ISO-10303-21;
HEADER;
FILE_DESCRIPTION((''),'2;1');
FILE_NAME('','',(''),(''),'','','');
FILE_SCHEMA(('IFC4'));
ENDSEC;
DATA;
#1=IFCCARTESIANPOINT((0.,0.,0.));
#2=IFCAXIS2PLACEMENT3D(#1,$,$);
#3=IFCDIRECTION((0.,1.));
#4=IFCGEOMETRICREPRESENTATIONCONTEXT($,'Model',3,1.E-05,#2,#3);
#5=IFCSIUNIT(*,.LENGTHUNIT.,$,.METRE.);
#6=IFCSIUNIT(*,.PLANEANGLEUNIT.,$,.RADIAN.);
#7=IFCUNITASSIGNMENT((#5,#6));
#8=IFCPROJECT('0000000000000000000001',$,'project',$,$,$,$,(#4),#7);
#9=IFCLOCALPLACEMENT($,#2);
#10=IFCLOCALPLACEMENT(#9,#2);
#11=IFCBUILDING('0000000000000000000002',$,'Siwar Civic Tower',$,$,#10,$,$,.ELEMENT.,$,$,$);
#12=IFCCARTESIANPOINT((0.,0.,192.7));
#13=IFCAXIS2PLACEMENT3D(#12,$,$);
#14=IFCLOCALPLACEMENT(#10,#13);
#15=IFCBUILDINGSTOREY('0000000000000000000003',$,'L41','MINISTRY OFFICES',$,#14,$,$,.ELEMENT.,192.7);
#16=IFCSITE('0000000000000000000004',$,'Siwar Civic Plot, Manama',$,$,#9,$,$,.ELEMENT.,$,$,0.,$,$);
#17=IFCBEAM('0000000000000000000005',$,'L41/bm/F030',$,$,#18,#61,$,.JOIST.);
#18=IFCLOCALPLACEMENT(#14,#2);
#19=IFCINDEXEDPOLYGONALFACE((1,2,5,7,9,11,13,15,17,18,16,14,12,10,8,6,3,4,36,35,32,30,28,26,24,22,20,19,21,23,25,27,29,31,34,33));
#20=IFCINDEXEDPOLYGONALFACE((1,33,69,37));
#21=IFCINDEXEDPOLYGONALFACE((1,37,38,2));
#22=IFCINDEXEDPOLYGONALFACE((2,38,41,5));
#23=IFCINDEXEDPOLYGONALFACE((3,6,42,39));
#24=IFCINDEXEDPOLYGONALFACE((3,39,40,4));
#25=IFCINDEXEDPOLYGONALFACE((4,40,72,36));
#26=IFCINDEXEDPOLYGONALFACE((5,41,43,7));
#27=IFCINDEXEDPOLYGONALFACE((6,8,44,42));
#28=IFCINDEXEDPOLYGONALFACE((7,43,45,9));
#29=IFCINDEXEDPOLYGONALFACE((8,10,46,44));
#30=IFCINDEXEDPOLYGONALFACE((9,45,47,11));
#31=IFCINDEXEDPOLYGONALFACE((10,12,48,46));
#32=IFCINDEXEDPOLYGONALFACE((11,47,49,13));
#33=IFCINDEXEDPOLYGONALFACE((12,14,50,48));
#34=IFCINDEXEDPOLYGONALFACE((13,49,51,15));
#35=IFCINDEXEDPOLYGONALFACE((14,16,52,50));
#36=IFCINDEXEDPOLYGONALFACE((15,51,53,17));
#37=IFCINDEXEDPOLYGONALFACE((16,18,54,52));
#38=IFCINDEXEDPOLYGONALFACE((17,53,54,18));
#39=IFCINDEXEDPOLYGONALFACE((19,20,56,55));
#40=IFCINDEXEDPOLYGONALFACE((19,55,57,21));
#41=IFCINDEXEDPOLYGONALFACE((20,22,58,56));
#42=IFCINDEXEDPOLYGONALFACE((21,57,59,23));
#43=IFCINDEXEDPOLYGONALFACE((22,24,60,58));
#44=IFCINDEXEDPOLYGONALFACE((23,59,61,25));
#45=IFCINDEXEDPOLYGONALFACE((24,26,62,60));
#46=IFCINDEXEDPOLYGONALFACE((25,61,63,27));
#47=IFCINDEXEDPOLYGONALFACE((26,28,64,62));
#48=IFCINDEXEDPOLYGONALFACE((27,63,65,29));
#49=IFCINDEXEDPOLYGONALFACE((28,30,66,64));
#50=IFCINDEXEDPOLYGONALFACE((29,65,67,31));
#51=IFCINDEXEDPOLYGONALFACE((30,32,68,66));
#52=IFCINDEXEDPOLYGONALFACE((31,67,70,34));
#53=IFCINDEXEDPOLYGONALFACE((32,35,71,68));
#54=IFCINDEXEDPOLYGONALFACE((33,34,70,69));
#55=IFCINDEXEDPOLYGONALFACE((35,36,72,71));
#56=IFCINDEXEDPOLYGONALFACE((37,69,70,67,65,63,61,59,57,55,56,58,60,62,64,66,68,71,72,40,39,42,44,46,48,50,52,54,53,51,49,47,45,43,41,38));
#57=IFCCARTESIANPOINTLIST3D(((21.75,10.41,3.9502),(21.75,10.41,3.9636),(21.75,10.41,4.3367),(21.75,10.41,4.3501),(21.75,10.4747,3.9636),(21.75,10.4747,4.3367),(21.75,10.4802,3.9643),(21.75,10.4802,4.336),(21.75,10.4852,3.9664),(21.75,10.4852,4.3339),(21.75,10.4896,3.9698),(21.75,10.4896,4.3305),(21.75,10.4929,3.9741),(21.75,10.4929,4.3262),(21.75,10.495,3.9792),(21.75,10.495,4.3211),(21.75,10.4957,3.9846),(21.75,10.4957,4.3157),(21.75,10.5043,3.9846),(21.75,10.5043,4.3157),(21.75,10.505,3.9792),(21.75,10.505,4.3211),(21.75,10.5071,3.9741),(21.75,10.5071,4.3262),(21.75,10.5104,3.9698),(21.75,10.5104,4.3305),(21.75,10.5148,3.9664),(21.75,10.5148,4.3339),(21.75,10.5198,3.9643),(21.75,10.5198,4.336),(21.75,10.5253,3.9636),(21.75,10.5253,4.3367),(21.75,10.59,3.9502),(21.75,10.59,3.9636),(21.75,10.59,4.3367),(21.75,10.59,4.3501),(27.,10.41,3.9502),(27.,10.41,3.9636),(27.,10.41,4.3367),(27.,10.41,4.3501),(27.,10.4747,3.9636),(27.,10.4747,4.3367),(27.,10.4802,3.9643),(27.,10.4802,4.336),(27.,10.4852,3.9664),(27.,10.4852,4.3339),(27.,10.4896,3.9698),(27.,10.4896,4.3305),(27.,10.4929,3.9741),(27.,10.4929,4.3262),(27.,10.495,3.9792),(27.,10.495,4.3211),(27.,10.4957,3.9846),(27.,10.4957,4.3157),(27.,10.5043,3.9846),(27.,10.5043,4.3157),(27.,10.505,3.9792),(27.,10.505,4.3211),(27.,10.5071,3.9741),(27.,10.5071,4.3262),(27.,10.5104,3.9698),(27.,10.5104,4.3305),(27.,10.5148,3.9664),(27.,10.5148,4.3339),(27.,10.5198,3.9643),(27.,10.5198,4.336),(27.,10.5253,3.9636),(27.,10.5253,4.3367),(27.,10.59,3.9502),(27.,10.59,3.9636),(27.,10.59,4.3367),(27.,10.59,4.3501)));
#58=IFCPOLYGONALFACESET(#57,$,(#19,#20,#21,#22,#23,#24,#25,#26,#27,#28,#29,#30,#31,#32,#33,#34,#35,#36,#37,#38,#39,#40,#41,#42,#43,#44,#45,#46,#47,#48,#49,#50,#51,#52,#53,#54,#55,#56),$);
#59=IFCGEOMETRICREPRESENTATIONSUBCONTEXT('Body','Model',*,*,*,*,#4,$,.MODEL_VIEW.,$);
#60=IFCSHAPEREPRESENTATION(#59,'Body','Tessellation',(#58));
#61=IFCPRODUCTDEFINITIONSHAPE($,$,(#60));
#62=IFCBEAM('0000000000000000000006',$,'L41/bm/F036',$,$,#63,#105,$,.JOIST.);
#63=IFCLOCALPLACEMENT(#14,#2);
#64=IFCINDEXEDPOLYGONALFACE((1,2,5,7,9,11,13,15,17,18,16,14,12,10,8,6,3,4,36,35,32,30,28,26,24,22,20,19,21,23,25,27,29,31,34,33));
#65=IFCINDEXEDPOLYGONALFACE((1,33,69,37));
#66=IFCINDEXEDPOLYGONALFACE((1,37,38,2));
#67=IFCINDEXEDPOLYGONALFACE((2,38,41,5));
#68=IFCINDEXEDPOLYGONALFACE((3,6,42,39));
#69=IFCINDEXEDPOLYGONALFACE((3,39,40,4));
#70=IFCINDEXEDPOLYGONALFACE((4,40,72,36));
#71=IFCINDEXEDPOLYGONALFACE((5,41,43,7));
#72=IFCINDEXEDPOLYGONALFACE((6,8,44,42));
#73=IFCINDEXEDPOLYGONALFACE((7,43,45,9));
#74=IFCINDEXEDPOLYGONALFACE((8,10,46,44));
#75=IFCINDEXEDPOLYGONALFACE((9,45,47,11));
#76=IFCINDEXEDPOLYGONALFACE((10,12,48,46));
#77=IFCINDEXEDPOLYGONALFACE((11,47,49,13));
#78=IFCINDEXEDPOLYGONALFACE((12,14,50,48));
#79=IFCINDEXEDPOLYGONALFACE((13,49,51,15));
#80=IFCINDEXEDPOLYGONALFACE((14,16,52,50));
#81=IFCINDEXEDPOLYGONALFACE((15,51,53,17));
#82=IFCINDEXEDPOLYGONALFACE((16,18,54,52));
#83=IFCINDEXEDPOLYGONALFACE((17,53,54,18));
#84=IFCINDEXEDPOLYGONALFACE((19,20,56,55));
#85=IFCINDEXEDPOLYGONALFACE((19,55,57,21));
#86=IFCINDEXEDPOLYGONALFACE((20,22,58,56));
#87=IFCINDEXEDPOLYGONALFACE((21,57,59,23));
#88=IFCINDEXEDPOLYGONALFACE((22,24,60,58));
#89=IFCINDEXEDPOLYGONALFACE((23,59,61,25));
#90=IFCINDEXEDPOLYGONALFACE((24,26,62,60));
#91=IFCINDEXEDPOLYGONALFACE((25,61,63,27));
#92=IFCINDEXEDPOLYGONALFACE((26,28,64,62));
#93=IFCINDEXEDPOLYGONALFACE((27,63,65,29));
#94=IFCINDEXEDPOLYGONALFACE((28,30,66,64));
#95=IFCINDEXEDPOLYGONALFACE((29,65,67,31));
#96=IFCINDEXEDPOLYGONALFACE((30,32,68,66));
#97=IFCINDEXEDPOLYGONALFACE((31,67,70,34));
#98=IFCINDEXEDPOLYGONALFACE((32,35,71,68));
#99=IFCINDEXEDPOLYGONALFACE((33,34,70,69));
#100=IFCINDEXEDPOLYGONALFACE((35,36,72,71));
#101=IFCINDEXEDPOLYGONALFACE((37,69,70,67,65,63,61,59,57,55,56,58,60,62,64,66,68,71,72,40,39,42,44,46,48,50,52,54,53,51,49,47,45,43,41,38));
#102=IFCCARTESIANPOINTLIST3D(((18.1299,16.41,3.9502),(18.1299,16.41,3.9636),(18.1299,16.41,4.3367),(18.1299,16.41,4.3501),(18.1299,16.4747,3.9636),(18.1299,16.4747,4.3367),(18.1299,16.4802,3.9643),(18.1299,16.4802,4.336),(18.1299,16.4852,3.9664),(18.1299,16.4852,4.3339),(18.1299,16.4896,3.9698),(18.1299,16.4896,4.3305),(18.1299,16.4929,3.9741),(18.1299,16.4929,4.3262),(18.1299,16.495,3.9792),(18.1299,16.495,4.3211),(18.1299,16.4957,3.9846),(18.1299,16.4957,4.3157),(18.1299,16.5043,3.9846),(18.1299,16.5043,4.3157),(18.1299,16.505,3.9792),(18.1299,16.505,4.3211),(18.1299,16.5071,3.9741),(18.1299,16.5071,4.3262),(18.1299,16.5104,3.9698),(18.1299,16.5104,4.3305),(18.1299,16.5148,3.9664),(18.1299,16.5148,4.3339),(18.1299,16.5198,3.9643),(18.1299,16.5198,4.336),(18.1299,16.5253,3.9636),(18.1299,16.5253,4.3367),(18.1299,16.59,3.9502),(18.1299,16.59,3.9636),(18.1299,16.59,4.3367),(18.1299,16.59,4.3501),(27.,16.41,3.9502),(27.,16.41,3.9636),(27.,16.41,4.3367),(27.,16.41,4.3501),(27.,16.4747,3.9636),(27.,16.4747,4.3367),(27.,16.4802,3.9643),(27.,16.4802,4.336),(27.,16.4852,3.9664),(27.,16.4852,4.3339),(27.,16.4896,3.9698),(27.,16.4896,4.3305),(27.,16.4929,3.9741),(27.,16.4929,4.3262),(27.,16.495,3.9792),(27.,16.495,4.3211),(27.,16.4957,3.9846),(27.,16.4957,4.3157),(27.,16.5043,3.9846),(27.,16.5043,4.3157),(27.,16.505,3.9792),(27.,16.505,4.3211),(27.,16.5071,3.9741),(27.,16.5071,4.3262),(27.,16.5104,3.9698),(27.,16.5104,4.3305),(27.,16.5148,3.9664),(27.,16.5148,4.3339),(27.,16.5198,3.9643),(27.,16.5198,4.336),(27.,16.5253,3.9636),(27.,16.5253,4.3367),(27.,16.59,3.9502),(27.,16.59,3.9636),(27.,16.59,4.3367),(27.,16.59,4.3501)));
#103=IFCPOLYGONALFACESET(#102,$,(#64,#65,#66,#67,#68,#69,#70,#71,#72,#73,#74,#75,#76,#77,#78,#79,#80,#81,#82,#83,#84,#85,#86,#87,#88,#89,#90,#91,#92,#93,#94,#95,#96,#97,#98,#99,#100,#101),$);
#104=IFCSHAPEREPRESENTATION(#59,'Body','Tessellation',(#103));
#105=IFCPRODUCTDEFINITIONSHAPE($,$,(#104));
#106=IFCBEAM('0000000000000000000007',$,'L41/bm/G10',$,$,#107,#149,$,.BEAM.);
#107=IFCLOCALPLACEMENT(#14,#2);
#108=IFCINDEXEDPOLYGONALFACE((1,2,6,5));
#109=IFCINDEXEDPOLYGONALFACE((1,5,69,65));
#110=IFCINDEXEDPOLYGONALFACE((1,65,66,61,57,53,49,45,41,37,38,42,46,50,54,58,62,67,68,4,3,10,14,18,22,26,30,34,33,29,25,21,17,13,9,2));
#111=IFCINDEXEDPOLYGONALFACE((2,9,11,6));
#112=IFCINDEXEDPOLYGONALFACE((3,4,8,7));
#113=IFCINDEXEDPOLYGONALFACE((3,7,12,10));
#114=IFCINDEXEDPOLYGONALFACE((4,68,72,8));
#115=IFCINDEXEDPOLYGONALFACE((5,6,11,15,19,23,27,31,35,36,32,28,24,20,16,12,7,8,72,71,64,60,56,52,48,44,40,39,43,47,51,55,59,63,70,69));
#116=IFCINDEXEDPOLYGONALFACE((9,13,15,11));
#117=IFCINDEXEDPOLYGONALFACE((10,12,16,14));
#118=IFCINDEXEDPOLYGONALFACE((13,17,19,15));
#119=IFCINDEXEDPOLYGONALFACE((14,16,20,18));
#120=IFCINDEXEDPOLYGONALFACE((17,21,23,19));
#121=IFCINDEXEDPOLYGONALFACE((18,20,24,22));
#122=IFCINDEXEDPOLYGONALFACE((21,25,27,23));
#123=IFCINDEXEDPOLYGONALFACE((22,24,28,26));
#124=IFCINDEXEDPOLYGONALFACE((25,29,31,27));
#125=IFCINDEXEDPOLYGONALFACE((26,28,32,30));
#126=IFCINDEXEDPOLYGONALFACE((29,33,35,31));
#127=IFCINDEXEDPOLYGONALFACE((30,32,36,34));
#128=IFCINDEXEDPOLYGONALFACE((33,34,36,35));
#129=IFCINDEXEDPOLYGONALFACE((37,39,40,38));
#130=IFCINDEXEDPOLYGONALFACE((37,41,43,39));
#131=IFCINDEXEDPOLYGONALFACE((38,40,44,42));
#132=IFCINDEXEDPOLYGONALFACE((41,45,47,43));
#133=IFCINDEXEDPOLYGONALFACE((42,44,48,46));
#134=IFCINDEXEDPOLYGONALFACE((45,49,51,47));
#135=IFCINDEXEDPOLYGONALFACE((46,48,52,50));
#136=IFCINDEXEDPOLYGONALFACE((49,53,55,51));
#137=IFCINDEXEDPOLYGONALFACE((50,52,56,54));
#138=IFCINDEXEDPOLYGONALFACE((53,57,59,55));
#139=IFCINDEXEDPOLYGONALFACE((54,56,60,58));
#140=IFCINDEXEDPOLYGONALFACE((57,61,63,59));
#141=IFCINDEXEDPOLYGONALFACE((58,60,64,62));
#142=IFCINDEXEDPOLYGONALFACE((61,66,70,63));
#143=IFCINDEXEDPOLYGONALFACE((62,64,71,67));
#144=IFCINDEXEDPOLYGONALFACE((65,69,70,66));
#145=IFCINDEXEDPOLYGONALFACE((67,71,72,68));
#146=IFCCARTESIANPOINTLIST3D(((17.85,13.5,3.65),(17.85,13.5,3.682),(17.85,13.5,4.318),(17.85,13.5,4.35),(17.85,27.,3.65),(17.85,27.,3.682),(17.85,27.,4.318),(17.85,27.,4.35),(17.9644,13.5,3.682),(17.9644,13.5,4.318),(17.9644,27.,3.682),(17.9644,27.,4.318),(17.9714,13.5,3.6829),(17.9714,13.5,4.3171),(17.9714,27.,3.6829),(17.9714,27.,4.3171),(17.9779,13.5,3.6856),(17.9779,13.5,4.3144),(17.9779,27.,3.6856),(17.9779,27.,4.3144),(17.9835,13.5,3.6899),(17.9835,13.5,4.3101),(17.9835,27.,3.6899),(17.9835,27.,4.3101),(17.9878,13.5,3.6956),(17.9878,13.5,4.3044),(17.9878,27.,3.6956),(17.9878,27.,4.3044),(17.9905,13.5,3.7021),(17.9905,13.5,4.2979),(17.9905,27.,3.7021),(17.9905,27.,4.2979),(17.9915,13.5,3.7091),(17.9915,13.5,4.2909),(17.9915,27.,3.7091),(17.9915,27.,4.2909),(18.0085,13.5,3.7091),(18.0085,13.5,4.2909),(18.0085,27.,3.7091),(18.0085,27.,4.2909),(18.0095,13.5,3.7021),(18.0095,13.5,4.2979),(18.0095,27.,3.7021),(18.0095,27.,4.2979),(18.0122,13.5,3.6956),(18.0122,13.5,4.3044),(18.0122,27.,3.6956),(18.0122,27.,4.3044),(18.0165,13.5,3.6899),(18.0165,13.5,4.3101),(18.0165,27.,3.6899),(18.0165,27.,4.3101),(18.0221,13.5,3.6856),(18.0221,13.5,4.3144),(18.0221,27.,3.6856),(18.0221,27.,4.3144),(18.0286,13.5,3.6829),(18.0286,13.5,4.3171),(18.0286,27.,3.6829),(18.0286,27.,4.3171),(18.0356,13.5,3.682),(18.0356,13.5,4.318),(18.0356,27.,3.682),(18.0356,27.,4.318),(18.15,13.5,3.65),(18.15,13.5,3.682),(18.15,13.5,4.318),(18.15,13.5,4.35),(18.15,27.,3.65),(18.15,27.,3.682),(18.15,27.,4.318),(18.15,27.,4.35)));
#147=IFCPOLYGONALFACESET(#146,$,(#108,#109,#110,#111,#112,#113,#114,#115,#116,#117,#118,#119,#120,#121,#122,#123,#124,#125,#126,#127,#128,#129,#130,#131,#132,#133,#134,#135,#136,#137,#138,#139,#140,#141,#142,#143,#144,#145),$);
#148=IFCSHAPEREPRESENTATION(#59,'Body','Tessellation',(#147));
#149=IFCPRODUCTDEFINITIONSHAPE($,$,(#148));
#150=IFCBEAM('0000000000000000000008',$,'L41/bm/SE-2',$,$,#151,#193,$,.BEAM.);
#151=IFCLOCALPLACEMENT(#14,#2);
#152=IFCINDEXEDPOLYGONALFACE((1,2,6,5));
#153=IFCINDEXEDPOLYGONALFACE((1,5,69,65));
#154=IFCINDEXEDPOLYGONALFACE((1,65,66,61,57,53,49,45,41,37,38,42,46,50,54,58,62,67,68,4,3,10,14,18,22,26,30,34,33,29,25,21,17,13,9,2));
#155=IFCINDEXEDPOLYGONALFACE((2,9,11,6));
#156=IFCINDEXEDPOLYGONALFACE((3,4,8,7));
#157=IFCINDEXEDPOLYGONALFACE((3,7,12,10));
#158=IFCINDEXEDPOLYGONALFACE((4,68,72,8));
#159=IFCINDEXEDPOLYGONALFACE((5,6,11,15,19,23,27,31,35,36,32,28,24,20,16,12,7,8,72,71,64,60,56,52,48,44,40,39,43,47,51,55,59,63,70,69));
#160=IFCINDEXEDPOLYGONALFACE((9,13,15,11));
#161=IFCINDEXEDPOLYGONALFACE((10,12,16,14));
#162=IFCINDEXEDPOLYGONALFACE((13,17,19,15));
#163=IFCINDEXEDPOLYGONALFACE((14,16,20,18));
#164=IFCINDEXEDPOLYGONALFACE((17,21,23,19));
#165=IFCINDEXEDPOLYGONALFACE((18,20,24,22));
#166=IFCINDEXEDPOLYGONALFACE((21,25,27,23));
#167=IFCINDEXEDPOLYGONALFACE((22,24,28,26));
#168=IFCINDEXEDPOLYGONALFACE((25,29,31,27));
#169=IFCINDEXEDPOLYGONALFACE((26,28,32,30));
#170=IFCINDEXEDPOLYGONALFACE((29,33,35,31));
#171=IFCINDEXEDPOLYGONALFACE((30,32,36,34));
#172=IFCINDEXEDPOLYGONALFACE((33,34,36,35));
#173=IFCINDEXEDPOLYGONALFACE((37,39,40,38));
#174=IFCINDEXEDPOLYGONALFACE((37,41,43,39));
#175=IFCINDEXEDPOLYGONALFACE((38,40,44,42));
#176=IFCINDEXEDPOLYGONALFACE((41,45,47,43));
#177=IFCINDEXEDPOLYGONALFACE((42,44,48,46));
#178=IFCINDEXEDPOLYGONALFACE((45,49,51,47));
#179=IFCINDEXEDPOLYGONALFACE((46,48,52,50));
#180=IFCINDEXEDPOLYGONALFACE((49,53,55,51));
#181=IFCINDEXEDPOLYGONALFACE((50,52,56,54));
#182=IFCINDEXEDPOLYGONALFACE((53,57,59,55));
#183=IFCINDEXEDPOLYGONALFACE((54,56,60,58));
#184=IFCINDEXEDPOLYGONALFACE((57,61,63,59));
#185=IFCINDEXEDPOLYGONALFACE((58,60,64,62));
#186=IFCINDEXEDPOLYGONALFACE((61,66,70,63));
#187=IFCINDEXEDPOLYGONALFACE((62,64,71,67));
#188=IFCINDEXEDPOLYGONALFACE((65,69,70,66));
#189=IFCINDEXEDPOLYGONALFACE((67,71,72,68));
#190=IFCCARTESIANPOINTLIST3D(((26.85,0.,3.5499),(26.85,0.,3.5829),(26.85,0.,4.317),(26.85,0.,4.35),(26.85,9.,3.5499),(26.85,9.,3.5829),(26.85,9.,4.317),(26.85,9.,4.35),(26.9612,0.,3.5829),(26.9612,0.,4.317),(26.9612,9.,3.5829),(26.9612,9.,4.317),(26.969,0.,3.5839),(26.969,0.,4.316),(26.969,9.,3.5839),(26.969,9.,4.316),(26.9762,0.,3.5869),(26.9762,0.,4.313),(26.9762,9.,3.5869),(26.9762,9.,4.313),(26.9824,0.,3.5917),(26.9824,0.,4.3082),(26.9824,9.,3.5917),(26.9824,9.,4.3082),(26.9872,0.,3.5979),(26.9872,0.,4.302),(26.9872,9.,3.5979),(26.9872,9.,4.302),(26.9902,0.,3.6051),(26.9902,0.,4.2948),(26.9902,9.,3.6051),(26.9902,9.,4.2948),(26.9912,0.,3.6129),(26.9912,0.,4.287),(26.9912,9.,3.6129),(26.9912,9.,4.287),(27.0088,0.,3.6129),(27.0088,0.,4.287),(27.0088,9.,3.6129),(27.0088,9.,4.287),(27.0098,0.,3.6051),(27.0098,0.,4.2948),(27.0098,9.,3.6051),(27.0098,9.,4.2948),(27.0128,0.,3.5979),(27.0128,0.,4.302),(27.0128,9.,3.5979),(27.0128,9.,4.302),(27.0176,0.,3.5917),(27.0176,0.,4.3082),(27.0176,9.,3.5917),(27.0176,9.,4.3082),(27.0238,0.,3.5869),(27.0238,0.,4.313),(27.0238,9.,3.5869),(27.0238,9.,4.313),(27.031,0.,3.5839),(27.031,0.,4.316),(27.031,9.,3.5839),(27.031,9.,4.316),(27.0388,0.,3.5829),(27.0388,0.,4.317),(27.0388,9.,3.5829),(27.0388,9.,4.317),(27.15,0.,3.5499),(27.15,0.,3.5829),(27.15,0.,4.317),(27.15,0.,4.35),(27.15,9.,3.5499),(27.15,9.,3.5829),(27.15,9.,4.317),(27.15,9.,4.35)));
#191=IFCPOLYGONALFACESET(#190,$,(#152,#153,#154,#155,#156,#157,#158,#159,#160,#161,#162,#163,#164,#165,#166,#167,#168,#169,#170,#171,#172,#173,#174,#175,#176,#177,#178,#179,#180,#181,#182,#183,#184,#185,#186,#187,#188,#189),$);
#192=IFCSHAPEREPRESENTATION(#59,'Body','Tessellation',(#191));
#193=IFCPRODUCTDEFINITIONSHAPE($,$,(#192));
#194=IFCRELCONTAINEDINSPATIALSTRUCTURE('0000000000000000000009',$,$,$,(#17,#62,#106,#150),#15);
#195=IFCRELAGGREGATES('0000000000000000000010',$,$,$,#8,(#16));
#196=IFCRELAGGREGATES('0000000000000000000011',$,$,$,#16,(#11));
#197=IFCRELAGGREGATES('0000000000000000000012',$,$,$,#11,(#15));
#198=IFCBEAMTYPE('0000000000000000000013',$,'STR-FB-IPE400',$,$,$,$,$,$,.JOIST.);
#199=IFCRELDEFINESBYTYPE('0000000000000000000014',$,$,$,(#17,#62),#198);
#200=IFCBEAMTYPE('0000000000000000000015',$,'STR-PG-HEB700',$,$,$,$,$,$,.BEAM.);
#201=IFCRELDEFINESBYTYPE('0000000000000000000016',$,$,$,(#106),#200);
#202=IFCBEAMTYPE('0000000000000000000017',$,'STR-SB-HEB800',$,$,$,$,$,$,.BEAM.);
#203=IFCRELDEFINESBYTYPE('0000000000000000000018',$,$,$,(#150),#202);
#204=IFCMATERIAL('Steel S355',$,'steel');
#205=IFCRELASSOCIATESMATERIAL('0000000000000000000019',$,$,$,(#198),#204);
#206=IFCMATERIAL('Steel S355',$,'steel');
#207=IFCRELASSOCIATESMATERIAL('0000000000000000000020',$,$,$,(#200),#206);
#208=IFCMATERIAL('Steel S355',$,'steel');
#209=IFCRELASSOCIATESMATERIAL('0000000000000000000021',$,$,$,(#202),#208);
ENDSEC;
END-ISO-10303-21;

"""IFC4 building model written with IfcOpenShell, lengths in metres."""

from ifc_helpers import new_model, si_unit, direction, frame, origin, origin_2d, place, context, subcontext, project, spatial, i_section, extrude, material, material_profile, profile_set, type_object, element, save


model = new_model("IFC4")

# Units and contexts
model_context = context("Model", 3, precision=1e-05, world=origin(), true_north=direction((0.0, 1.0)))
body_context = subcontext(model_context, "Body", "Model", "MODEL_VIEW")
ifc_project = project(units=[si_unit("LENGTHUNIT", "METRE"), si_unit("PLANEANGLEUNIT", "RADIAN")], contexts=[model_context])

# Site, building, storey
site_placement = place(None, origin())
site = spatial("IfcSite", under=ifc_project, at=site_placement, Name="Siwar Civic Plot, Manama", CompositionType="ELEMENT", RefElevation=0.0)
building_placement = place(site_placement, origin())
building = spatial("IfcBuilding", under=site, at=building_placement, Name="Siwar Civic Tower", CompositionType="ELEMENT")
storey_placement = place(building_placement, frame((0.0, 0.0, 192.7)))
storey = spatial("IfcBuildingStorey", under=building, at=storey_placement, Name="L41", Description="MINISTRY OFFICES", CompositionType="ELEMENT", Elevation=192.7)

# Beams
ifc_material_1 = material(Name="Steel S355", Category="steel")
ifc_material_profile_1 = material_profile(ifc_material_1, i_section(OverallWidth=0.1799, OverallDepth=0.3999, WebThickness=0.0085, FlangeThickness=0.0134, FilletRadius=0.021, at=origin_2d()), Name="IPE400")
ifc_profile_set_1 = profile_set([ifc_material_profile_1], Name="Steel S355")
beam_type_1 = type_object("IfcBeamType", Name="STR-FB-IPE400", PredefinedType="JOIST", material=ifc_profile_set_1)
for number, where, z_axis, x_axis, name in (
    (1, (21.75, 10.5, 4.1501), (1.0, 0.0, 0.0), (0.0, 1.0, 0.0), "L41/bm/F030"),
):
    element("IfcBeam", number, at=place(storey_placement, frame(where, z_axis=z_axis, x_axis=x_axis)), inside=storey, type_object=beam_type_1, Name=name, PredefinedType="JOIST", context=body_context, shape_type="SweptSolid", body=[
        extrude(i_section(OverallWidth=0.1799, OverallDepth=0.3999, WebThickness=0.0085, FlangeThickness=0.0134, FilletRadius=0.021, at=origin_2d()), origin(), (0.0, 0.0, 1.0), 5.25),
    ])
beam_1_placement = place(storey_placement, frame((18.1299, 16.5, 4.1501), z_axis=(1.0, 0.0, 0.0), x_axis=(0.0, 1.0, 0.0)))
element("IfcBeam", 2, at=beam_1_placement, inside=storey, type_object=beam_type_1, Name="L41/bm/F036", PredefinedType="JOIST", context=body_context, shape_type="SweptSolid", body=[
    extrude(i_section(OverallWidth=0.1799, OverallDepth=0.3999, WebThickness=0.0085, FlangeThickness=0.0134, FilletRadius=0.021, at=origin_2d()), origin(), (0.0, 0.0, 1.0), 8.8701),
])
ifc_material_2 = material(Name="Steel S355", Category="steel")
ifc_material_profile_2 = material_profile(ifc_material_2, i_section(OverallWidth=0.3, OverallDepth=0.7, WebThickness=0.0171, FlangeThickness=0.032, FilletRadius=0.0271, at=origin_2d()), Name="HEB700")
ifc_profile_set_2 = profile_set([ifc_material_profile_2], Name="Steel S355")
beam_type_2 = type_object("IfcBeamType", Name="STR-PG-HEB700", PredefinedType="BEAM", material=ifc_profile_set_2)
beam_2_placement = place(storey_placement, frame((18.0, 13.5, 4.0), z_axis=(0.0, 1.0, 0.0), x_axis=(-1.0, 0.0, 0.0)))
element("IfcBeam", 3, at=beam_2_placement, inside=storey, type_object=beam_type_2, Name="L41/bm/G10", PredefinedType="BEAM", context=body_context, shape_type="SweptSolid", body=[
    extrude(i_section(OverallWidth=0.3, OverallDepth=0.7, WebThickness=0.0171, FlangeThickness=0.032, FilletRadius=0.0271, at=origin_2d()), origin(), (0.0, 0.0, 1.0), 13.5),
])
ifc_material_3 = material(Name="Steel S355", Category="steel")
ifc_material_profile_3 = material_profile(ifc_material_3, i_section(OverallWidth=0.3, OverallDepth=0.8, WebThickness=0.0176, FlangeThickness=0.033, FilletRadius=0.03, at=origin_2d()), Name="HEB800")
ifc_profile_set_3 = profile_set([ifc_material_profile_3], Name="Steel S355")
beam_type_3 = type_object("IfcBeamType", Name="STR-SB-HEB800", PredefinedType="BEAM", material=ifc_profile_set_3)
for number, where, z_axis, x_axis, name in (
    (4, (27.0, 0.0, 3.95), (0.0, 1.0, 0.0), (-1.0, 0.0, 0.0), "L41/bm/SE-2"),
):
    element("IfcBeam", number, at=place(storey_placement, frame(where, z_axis=z_axis, x_axis=x_axis)), inside=storey, type_object=beam_type_3, Name=name, PredefinedType="BEAM", context=body_context, shape_type="SweptSolid", body=[
        extrude(i_section(OverallWidth=0.3, OverallDepth=0.8, WebThickness=0.0176, FlangeThickness=0.033, FilletRadius=0.03, at=origin_2d()), origin(), (0.0, 0.0, 1.0), 9.0),
    ])

save(model, "model.ifc")
